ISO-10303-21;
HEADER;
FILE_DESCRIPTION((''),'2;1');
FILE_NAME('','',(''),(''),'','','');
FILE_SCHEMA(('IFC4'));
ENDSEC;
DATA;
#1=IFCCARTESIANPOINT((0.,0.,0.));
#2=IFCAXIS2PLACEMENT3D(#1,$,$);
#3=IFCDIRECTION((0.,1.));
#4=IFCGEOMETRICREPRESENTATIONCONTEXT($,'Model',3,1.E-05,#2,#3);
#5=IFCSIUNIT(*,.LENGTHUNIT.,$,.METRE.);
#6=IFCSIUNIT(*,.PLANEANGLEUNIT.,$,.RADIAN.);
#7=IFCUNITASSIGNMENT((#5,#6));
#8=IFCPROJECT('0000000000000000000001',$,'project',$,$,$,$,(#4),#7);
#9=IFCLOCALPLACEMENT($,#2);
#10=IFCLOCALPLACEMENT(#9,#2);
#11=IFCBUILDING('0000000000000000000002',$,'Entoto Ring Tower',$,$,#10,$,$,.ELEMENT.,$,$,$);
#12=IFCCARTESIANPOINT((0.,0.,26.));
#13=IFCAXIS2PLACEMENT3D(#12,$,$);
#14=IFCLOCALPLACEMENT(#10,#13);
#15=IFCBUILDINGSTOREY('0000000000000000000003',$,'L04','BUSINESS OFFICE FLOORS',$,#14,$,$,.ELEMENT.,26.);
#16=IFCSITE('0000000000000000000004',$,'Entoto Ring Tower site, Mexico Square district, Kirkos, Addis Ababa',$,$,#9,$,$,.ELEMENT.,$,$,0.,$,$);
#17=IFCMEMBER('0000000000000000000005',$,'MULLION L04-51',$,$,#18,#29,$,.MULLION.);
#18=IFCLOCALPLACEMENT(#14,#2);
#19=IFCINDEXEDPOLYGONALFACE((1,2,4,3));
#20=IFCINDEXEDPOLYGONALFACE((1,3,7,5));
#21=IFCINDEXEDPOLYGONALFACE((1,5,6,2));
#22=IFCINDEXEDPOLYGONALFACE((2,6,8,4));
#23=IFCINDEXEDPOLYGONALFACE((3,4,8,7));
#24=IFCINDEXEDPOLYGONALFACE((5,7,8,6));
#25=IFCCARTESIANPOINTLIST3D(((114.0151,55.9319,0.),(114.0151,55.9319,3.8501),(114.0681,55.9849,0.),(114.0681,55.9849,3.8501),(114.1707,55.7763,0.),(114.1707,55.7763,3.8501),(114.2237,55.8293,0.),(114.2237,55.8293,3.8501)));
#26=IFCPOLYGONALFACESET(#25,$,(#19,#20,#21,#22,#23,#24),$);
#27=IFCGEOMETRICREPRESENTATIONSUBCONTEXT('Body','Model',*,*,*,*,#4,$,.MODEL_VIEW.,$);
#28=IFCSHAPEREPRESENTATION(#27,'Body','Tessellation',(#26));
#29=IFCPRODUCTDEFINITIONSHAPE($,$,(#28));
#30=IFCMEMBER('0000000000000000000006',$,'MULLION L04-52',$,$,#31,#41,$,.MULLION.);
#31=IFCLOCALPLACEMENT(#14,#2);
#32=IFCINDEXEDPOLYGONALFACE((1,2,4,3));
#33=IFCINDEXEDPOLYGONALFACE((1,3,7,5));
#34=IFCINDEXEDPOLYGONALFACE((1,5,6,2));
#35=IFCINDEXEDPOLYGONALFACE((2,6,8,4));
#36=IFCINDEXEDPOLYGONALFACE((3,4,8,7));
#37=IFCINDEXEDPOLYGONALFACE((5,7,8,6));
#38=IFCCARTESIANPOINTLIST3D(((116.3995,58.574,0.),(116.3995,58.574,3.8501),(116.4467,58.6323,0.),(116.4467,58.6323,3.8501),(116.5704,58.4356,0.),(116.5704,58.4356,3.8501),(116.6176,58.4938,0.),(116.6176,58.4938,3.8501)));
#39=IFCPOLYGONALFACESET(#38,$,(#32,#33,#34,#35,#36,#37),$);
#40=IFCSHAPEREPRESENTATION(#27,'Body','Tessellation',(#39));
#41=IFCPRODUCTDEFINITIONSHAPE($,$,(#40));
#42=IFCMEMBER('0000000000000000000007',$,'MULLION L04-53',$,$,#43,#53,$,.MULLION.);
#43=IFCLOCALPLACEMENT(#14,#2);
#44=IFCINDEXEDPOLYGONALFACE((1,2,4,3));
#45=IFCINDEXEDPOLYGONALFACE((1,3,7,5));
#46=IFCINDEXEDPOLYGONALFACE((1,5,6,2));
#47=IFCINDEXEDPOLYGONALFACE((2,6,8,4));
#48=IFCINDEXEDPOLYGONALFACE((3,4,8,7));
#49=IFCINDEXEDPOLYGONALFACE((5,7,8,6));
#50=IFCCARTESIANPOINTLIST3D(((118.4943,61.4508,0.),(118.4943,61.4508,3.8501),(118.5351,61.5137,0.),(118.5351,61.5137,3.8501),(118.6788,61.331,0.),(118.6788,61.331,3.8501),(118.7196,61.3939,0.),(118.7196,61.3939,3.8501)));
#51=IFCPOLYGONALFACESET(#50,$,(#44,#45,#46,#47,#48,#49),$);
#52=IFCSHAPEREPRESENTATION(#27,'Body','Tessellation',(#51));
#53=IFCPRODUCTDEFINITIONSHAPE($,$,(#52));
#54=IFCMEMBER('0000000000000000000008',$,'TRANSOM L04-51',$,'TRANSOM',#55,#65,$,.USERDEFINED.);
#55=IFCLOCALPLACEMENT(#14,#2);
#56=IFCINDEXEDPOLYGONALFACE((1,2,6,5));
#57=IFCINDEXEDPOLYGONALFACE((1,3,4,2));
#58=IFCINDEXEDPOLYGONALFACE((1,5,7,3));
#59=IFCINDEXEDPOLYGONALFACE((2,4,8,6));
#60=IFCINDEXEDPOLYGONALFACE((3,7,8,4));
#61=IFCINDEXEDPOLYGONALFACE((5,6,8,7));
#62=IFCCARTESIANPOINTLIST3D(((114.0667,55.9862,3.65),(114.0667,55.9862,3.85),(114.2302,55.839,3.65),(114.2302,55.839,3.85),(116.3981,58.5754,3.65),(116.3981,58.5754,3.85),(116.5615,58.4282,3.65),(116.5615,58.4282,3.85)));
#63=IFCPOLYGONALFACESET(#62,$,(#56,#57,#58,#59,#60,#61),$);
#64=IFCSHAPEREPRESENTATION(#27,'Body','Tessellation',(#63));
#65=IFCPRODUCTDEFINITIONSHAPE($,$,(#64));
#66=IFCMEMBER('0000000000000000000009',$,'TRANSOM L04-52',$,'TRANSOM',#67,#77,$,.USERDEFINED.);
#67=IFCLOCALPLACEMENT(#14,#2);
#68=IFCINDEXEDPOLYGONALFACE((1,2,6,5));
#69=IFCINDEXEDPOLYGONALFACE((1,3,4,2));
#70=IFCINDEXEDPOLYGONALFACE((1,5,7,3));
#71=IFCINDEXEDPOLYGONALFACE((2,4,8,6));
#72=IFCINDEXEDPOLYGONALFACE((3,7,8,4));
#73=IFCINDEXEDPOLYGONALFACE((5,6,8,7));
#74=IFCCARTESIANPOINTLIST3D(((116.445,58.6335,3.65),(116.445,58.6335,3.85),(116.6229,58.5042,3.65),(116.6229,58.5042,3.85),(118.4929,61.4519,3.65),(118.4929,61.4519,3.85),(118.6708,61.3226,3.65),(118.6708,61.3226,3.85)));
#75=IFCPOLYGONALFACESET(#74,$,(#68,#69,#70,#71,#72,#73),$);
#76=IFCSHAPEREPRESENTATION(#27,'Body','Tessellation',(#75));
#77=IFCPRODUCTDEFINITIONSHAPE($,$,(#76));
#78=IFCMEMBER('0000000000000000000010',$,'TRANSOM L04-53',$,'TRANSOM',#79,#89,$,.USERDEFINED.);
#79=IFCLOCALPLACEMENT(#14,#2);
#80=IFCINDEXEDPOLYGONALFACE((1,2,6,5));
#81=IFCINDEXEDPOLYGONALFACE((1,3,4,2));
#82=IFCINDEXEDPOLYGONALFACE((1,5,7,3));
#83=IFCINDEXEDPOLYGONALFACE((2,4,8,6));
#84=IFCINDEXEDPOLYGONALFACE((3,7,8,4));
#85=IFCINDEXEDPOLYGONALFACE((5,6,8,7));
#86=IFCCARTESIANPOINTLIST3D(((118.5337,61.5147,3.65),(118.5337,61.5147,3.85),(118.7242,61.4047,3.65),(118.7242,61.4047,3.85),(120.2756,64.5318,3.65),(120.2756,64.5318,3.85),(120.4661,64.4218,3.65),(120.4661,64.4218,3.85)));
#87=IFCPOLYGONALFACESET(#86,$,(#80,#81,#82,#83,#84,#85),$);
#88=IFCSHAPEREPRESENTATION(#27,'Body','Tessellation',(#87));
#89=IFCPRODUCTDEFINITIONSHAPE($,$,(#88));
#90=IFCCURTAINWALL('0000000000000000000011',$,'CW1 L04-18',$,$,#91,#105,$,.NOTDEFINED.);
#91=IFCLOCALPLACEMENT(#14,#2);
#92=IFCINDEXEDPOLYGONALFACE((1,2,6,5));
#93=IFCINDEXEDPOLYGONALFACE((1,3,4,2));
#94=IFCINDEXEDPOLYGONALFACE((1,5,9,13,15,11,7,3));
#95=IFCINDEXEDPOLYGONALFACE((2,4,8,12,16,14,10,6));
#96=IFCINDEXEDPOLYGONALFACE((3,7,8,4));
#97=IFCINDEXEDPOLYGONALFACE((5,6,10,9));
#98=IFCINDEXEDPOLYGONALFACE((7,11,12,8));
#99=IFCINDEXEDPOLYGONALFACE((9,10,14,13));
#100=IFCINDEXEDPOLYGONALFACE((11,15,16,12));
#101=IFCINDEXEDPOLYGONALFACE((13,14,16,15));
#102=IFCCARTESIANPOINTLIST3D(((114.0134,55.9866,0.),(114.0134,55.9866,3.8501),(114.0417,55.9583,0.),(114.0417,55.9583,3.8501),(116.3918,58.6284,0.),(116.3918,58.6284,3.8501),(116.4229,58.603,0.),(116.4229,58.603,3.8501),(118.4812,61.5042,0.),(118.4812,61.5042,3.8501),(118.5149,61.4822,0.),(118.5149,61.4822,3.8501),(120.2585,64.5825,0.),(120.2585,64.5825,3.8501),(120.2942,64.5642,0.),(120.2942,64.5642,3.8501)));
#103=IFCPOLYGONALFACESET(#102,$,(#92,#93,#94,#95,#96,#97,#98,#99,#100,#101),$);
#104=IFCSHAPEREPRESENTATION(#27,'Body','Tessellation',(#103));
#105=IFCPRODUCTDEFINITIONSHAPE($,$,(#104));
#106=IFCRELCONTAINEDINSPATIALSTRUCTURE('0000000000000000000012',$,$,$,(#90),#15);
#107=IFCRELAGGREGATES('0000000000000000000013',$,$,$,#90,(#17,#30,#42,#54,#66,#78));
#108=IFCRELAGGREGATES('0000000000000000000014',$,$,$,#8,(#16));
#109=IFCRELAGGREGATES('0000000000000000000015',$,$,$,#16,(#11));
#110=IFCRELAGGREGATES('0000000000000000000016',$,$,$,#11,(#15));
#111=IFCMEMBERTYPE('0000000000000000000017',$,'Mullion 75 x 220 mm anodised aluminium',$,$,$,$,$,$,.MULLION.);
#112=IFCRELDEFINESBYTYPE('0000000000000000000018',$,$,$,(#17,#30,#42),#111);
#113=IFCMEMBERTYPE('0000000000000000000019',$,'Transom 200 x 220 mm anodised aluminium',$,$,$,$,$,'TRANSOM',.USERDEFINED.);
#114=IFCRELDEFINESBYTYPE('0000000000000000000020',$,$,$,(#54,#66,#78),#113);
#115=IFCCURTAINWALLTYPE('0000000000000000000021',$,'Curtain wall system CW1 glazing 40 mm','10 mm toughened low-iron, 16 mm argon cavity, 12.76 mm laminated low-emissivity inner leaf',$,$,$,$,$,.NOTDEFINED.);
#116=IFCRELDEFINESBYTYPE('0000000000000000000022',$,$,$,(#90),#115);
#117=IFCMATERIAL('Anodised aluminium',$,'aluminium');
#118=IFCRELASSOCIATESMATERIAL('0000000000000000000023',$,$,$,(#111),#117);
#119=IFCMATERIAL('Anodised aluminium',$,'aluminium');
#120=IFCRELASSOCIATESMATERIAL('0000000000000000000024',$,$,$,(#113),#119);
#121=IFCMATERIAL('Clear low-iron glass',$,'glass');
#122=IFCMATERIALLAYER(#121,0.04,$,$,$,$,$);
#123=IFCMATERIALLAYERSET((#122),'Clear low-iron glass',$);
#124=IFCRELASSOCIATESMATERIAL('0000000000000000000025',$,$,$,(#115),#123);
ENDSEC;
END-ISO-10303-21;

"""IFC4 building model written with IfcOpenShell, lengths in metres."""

from ifc_helpers import new_model, si_unit, direction, frame, origin, origin_2d, place, context, subcontext, project, spatial, polyline, rectangle, outline, extrude, material, layer, layer_set, material_profile, profile_set, type_object, element, aggregate, save


model = new_model("IFC4")

# Units and contexts
model_context = context("Model", 3, precision=1e-05, world=origin(), true_north=direction((0.0, 1.0)))
body_context = subcontext(model_context, "Body", "Model", "MODEL_VIEW")
ifc_project = project(units=[si_unit("LENGTHUNIT", "METRE"), si_unit("PLANEANGLEUNIT", "RADIAN")], contexts=[model_context])

# Members
ifc_material_1 = material(Name="Anodised aluminium", Category="aluminium")
ifc_material_profile_1 = material_profile(ifc_material_1, rectangle(XDim=0.075, YDim=0.22, at=origin_2d()), Name="Mullion 75 x 220 mm anodised aluminium")
ifc_profile_set_1 = profile_set([ifc_material_profile_1], Name="Anodised aluminium")
member_type_1 = type_object("IfcMemberType", Name="Mullion 75 x 220 mm anodised aluminium", PredefinedType="MULLION", material=ifc_profile_set_1)
site_placement = place(None, origin())
building_placement = place(site_placement, origin())
storey_placement = place(building_placement, frame((0.0, 0.0, 26.0)))
member_1_placement = place(storey_placement, frame((114.1194, 55.8806, 0.0), z_axis=(0.0, 0.0, 1.0), x_axis=(0.707107, 0.707107, 0.0)))
member_1 = element("IfcMember", 1, at=member_1_placement, type_object=member_type_1, Name="MULLION L04-51", PredefinedType="MULLION", context=body_context, shape_type="SweptSolid", body=[
    extrude(rectangle(XDim=0.075, YDim=0.22, at=origin_2d()), origin(), (0.0, 0.0, 1.0), 3.8501),
])
member_2_placement = place(storey_placement, frame((116.5085, 58.5339, 0.0), z_axis=(0.0, 0.0, 1.0), x_axis=(0.62932, 0.777146, 0.0)))
member_2 = element("IfcMember", 2, at=member_2_placement, type_object=member_type_1, Name="MULLION L04-52", PredefinedType="MULLION", context=body_context, shape_type="SweptSolid", body=[
    extrude(rectangle(XDim=0.075, YDim=0.22, at=origin_2d()), origin(), (0.0, 0.0, 1.0), 3.8501),
])
member_3_placement = place(storey_placement, frame((118.6069, 61.4224, 0.0), z_axis=(0.0, 0.0, 1.0), x_axis=(0.544639, 0.838671, 0.0)))
member_3 = element("IfcMember", 3, at=member_3_placement, type_object=member_type_1, Name="MULLION L04-53", PredefinedType="MULLION", context=body_context, shape_type="SweptSolid", body=[
    extrude(rectangle(XDim=0.075, YDim=0.22, at=origin_2d()), origin(), (0.0, 0.0, 1.0), 3.8501),
])
ifc_material_2 = material(Name="Anodised aluminium", Category="aluminium")
ifc_material_profile_2 = material_profile(ifc_material_2, rectangle(XDim=0.22, YDim=0.2, at=origin_2d()), Name="Transom 200 x 220 mm anodised aluminium")
ifc_profile_set_2 = profile_set([ifc_material_profile_2], Name="Anodised aluminium")
member_type_2 = type_object("IfcMemberType", Name="Transom 200 x 220 mm anodised aluminium", ElementType="TRANSOM", PredefinedType="USERDEFINED", material=ifc_profile_set_2)
member_4_placement = place(storey_placement, frame((114.1484, 55.9126, 3.75), z_axis=(0.669139, 0.743137, 0.0), x_axis=(-0.743137, 0.669139, 0.0)))
member_4 = element("IfcMember", 4, at=member_4_placement, type_object=member_type_2, Name="TRANSOM L04-51", ObjectType="TRANSOM", PredefinedType="USERDEFINED", context=body_context, shape_type="SweptSolid", body=[
    extrude(rectangle(XDim=0.22, YDim=0.2, at=origin_2d()), origin(), (0.0, 0.0, 1.0), 3.4841),
])
member_5_placement = place(storey_placement, frame((116.5339, 58.5688, 3.75), z_axis=(0.587822, 0.808991, 0.0), x_axis=(-0.808991, 0.587822, 0.0)))
member_5 = element("IfcMember", 5, at=member_5_placement, type_object=member_type_2, Name="TRANSOM L04-52", ObjectType="TRANSOM", PredefinedType="USERDEFINED", context=body_context, shape_type="SweptSolid", body=[
    extrude(rectangle(XDim=0.22, YDim=0.2, at=origin_2d()), origin(), (0.0, 0.0, 1.0), 3.4839),
])
member_6_placement = place(storey_placement, frame((118.6289, 61.4597, 3.75), z_axis=(0.500006, 0.866022, 0.0), x_axis=(-0.866022, 0.500006, 0.0)))
member_6 = element("IfcMember", 6, at=member_6_placement, type_object=member_type_2, Name="TRANSOM L04-53", ObjectType="TRANSOM", PredefinedType="USERDEFINED", context=body_context, shape_type="SweptSolid", body=[
    extrude(rectangle(XDim=0.22, YDim=0.2, at=origin_2d()), origin(), (0.0, 0.0, 1.0), 3.4839),
])

# Site, building, storey
site = spatial("IfcSite", under=ifc_project, at=site_placement, Name="Entoto Ring Tower site, Mexico Square district, Kirkos, Addis Ababa", CompositionType="ELEMENT", RefElevation=0.0)
building = spatial("IfcBuilding", under=site, at=building_placement, Name="Entoto Ring Tower", CompositionType="ELEMENT")
storey = spatial("IfcBuildingStorey", under=building, at=storey_placement, Name="L04", Description="BUSINESS OFFICE FLOORS", CompositionType="ELEMENT", Elevation=26.0)

# Curtain wall
ifc_material_3 = material(Name="Clear low-iron glass", Category="glass")
ifc_layer_1 = layer(ifc_material_3, 0.04)
ifc_layer_set_1 = layer_set([ifc_layer_1], Name="Clear low-iron glass")
curtain_wall_type = type_object("IfcCurtainWallType", Name="Curtain wall system CW1 glazing 40 mm", Description="10 mm toughened low-iron, 16 mm argon cavity, 12.76 mm laminated low-emissivity inner leaf", PredefinedType="NOTDEFINED", material=ifc_layer_set_1)
curtain_wall_1_placement = place(storey_placement, origin())
curtain_wall_1 = element("IfcCurtainWall", 7, at=curtain_wall_1_placement, inside=storey, type_object=curtain_wall_type, Name="CW1 L04-18", PredefinedType="NOTDEFINED", context=body_context, shape_type="SweptSolid", body=[
    extrude(outline(polyline([(114.0417, 55.9583), (116.4229, 58.603), (118.5149, 61.4822), (120.2942, 64.5642), (120.2585, 64.5825), (118.4812, 61.5042), (116.3918, 58.6284), (114.0134, 55.9866), (114.0417, 55.9583)])), origin(), (0.0, 0.0, 1.0), 3.8501),
])
aggregate(curtain_wall_1, [member_1, member_2, member_3, member_4, member_5, member_6])

save(model, "model.ifc")
